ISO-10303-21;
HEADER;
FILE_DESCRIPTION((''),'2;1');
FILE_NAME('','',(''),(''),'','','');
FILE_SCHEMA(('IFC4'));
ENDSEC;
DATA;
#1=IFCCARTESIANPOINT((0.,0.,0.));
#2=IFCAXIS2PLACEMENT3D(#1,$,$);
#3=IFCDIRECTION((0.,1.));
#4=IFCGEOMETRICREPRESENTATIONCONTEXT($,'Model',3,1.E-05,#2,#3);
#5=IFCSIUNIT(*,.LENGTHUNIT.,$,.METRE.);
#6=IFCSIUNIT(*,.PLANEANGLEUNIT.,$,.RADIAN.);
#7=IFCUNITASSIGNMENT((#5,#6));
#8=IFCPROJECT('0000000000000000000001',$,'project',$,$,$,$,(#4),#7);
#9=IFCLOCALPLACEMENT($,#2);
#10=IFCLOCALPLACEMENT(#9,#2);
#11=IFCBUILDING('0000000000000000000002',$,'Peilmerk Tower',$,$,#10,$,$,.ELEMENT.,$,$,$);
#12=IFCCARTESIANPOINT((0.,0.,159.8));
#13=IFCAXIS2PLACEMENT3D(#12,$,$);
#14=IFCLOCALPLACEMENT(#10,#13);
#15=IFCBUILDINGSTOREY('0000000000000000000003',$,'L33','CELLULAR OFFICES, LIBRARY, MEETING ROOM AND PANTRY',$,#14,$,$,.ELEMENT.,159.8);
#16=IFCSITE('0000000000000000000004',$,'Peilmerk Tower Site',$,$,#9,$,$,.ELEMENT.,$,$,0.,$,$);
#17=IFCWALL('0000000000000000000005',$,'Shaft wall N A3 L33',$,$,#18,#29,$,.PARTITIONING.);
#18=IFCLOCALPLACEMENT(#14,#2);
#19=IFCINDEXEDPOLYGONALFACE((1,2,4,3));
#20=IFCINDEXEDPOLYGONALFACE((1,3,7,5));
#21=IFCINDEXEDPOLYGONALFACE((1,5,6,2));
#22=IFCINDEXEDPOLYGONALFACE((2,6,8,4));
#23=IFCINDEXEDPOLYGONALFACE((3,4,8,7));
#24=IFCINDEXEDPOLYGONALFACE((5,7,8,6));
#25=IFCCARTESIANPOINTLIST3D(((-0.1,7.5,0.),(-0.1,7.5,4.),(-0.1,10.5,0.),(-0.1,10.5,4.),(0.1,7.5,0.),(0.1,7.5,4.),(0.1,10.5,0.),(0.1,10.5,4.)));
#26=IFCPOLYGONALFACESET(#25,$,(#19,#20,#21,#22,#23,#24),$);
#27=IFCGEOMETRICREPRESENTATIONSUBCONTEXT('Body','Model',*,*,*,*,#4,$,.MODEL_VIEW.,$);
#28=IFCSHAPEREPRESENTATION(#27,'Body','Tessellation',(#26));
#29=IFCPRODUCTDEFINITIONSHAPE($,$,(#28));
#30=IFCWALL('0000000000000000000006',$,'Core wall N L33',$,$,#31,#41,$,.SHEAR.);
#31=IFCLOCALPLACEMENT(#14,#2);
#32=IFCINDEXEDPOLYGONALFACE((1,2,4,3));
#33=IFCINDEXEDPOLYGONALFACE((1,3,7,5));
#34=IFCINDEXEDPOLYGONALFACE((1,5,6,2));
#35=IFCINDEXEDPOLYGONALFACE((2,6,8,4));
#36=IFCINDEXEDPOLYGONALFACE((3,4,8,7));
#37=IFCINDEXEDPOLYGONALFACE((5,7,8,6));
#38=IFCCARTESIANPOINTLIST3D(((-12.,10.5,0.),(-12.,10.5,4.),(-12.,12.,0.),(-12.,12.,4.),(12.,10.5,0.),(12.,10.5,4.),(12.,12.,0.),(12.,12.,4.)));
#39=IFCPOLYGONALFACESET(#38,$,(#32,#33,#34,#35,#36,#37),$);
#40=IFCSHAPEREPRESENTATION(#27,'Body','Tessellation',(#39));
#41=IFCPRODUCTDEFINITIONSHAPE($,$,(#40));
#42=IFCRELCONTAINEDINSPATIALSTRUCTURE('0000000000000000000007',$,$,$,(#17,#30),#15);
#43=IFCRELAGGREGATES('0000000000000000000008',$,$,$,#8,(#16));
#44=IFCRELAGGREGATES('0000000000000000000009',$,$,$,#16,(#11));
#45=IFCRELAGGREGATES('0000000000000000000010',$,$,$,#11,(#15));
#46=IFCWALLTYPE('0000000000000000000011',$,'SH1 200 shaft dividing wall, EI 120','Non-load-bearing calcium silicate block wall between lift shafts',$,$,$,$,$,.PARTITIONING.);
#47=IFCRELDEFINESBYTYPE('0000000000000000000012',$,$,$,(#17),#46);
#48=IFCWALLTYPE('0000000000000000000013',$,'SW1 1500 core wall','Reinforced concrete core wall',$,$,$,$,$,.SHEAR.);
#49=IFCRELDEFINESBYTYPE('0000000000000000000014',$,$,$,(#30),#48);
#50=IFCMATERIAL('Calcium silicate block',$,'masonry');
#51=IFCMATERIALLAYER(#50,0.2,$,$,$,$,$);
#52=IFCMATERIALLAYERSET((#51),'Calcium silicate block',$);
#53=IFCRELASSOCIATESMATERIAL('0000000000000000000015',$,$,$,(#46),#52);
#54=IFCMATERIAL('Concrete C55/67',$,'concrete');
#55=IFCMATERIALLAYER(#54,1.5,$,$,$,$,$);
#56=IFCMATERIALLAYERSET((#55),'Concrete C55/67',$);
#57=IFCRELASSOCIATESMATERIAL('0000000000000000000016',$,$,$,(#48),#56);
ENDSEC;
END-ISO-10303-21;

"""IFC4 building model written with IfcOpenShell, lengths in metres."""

from ifc_helpers import new_model, si_unit, direction, frame, frame_2d, origin, place, context, subcontext, project, spatial, rectangle, extrude, material, layer, layer_set, type_object, element, save


model = new_model("IFC4")

# Units and contexts
model_context = context("Model", 3, precision=1e-05, world=origin(), true_north=direction((0.0, 1.0)))
body_context = subcontext(model_context, "Body", "Model", "MODEL_VIEW")
ifc_project = project(units=[si_unit("LENGTHUNIT", "METRE"), si_unit("PLANEANGLEUNIT", "RADIAN")], contexts=[model_context])

# Site, building, storey
site_placement = place(None, origin())
site = spatial("IfcSite", under=ifc_project, at=site_placement, Name="Peilmerk Tower Site", CompositionType="ELEMENT", RefElevation=0.0)
building_placement = place(site_placement, origin())
building = spatial("IfcBuilding", under=site, at=building_placement, Name="Peilmerk Tower", CompositionType="ELEMENT")
storey_placement = place(building_placement, frame((0.0, 0.0, 159.8)))
storey = spatial("IfcBuildingStorey", under=building, at=storey_placement, Name="L33", Description="CELLULAR OFFICES, LIBRARY, MEETING ROOM AND PANTRY", CompositionType="ELEMENT", Elevation=159.8)

# Shared definitions
ifc_material_1 = material(Name="Calcium silicate block", Category="masonry")

# Walls
ifc_layer_1 = layer(ifc_material_1, 0.2)
ifc_layer_set_1 = layer_set([ifc_layer_1], Name="Calcium silicate block")
wall_type_1 = type_object("IfcWallType", Name="SH1 200 shaft dividing wall, EI 120", Description="Non-load-bearing calcium silicate block wall between lift shafts", PredefinedType="PARTITIONING", material=ifc_layer_set_1)
for number, where, z_axis, x_axis, name in (
    (1, (0.0, 7.5, 0.0), (0.0, 0.0, 1.0), (0.0, 1.0, 0.0), "Shaft wall N A3 L33"),
):
    element("IfcWall", number, at=place(storey_placement, frame(where, z_axis=z_axis, x_axis=x_axis)), inside=storey, type_object=wall_type_1, Name=name, PredefinedType="PARTITIONING", context=body_context, shape_type="SweptSolid", body=[
        extrude(rectangle(XDim=3.0, YDim=0.2, at=frame_2d((1.5, 0.0))), origin(), (0.0, 0.0, 1.0), 4.0),
    ])
ifc_material_2 = material(Name="Concrete C55/67", Category="concrete")
ifc_layer_2 = layer(ifc_material_2, 1.5)
ifc_layer_set_2 = layer_set([ifc_layer_2], Name="Concrete C55/67")
wall_type_2 = type_object("IfcWallType", Name="SW1 1500 core wall", Description="Reinforced concrete core wall", PredefinedType="SHEAR", material=ifc_layer_set_2)
wall_1_placement = place(storey_placement, frame((-12.0, 11.25, 0.0), z_axis=(0.0, 0.0, 1.0), x_axis=(1.0, 0.0, 0.0)))
element("IfcWall", 2, at=wall_1_placement, inside=storey, type_object=wall_type_2, Name="Core wall N L33", PredefinedType="SHEAR", context=body_context, shape_type="SweptSolid", body=[
    extrude(rectangle(XDim=24.0, YDim=1.5, at=frame_2d((12.0, 0.0))), origin(), (0.0, 0.0, 1.0), 4.0),
])

save(model, "model.ifc")
